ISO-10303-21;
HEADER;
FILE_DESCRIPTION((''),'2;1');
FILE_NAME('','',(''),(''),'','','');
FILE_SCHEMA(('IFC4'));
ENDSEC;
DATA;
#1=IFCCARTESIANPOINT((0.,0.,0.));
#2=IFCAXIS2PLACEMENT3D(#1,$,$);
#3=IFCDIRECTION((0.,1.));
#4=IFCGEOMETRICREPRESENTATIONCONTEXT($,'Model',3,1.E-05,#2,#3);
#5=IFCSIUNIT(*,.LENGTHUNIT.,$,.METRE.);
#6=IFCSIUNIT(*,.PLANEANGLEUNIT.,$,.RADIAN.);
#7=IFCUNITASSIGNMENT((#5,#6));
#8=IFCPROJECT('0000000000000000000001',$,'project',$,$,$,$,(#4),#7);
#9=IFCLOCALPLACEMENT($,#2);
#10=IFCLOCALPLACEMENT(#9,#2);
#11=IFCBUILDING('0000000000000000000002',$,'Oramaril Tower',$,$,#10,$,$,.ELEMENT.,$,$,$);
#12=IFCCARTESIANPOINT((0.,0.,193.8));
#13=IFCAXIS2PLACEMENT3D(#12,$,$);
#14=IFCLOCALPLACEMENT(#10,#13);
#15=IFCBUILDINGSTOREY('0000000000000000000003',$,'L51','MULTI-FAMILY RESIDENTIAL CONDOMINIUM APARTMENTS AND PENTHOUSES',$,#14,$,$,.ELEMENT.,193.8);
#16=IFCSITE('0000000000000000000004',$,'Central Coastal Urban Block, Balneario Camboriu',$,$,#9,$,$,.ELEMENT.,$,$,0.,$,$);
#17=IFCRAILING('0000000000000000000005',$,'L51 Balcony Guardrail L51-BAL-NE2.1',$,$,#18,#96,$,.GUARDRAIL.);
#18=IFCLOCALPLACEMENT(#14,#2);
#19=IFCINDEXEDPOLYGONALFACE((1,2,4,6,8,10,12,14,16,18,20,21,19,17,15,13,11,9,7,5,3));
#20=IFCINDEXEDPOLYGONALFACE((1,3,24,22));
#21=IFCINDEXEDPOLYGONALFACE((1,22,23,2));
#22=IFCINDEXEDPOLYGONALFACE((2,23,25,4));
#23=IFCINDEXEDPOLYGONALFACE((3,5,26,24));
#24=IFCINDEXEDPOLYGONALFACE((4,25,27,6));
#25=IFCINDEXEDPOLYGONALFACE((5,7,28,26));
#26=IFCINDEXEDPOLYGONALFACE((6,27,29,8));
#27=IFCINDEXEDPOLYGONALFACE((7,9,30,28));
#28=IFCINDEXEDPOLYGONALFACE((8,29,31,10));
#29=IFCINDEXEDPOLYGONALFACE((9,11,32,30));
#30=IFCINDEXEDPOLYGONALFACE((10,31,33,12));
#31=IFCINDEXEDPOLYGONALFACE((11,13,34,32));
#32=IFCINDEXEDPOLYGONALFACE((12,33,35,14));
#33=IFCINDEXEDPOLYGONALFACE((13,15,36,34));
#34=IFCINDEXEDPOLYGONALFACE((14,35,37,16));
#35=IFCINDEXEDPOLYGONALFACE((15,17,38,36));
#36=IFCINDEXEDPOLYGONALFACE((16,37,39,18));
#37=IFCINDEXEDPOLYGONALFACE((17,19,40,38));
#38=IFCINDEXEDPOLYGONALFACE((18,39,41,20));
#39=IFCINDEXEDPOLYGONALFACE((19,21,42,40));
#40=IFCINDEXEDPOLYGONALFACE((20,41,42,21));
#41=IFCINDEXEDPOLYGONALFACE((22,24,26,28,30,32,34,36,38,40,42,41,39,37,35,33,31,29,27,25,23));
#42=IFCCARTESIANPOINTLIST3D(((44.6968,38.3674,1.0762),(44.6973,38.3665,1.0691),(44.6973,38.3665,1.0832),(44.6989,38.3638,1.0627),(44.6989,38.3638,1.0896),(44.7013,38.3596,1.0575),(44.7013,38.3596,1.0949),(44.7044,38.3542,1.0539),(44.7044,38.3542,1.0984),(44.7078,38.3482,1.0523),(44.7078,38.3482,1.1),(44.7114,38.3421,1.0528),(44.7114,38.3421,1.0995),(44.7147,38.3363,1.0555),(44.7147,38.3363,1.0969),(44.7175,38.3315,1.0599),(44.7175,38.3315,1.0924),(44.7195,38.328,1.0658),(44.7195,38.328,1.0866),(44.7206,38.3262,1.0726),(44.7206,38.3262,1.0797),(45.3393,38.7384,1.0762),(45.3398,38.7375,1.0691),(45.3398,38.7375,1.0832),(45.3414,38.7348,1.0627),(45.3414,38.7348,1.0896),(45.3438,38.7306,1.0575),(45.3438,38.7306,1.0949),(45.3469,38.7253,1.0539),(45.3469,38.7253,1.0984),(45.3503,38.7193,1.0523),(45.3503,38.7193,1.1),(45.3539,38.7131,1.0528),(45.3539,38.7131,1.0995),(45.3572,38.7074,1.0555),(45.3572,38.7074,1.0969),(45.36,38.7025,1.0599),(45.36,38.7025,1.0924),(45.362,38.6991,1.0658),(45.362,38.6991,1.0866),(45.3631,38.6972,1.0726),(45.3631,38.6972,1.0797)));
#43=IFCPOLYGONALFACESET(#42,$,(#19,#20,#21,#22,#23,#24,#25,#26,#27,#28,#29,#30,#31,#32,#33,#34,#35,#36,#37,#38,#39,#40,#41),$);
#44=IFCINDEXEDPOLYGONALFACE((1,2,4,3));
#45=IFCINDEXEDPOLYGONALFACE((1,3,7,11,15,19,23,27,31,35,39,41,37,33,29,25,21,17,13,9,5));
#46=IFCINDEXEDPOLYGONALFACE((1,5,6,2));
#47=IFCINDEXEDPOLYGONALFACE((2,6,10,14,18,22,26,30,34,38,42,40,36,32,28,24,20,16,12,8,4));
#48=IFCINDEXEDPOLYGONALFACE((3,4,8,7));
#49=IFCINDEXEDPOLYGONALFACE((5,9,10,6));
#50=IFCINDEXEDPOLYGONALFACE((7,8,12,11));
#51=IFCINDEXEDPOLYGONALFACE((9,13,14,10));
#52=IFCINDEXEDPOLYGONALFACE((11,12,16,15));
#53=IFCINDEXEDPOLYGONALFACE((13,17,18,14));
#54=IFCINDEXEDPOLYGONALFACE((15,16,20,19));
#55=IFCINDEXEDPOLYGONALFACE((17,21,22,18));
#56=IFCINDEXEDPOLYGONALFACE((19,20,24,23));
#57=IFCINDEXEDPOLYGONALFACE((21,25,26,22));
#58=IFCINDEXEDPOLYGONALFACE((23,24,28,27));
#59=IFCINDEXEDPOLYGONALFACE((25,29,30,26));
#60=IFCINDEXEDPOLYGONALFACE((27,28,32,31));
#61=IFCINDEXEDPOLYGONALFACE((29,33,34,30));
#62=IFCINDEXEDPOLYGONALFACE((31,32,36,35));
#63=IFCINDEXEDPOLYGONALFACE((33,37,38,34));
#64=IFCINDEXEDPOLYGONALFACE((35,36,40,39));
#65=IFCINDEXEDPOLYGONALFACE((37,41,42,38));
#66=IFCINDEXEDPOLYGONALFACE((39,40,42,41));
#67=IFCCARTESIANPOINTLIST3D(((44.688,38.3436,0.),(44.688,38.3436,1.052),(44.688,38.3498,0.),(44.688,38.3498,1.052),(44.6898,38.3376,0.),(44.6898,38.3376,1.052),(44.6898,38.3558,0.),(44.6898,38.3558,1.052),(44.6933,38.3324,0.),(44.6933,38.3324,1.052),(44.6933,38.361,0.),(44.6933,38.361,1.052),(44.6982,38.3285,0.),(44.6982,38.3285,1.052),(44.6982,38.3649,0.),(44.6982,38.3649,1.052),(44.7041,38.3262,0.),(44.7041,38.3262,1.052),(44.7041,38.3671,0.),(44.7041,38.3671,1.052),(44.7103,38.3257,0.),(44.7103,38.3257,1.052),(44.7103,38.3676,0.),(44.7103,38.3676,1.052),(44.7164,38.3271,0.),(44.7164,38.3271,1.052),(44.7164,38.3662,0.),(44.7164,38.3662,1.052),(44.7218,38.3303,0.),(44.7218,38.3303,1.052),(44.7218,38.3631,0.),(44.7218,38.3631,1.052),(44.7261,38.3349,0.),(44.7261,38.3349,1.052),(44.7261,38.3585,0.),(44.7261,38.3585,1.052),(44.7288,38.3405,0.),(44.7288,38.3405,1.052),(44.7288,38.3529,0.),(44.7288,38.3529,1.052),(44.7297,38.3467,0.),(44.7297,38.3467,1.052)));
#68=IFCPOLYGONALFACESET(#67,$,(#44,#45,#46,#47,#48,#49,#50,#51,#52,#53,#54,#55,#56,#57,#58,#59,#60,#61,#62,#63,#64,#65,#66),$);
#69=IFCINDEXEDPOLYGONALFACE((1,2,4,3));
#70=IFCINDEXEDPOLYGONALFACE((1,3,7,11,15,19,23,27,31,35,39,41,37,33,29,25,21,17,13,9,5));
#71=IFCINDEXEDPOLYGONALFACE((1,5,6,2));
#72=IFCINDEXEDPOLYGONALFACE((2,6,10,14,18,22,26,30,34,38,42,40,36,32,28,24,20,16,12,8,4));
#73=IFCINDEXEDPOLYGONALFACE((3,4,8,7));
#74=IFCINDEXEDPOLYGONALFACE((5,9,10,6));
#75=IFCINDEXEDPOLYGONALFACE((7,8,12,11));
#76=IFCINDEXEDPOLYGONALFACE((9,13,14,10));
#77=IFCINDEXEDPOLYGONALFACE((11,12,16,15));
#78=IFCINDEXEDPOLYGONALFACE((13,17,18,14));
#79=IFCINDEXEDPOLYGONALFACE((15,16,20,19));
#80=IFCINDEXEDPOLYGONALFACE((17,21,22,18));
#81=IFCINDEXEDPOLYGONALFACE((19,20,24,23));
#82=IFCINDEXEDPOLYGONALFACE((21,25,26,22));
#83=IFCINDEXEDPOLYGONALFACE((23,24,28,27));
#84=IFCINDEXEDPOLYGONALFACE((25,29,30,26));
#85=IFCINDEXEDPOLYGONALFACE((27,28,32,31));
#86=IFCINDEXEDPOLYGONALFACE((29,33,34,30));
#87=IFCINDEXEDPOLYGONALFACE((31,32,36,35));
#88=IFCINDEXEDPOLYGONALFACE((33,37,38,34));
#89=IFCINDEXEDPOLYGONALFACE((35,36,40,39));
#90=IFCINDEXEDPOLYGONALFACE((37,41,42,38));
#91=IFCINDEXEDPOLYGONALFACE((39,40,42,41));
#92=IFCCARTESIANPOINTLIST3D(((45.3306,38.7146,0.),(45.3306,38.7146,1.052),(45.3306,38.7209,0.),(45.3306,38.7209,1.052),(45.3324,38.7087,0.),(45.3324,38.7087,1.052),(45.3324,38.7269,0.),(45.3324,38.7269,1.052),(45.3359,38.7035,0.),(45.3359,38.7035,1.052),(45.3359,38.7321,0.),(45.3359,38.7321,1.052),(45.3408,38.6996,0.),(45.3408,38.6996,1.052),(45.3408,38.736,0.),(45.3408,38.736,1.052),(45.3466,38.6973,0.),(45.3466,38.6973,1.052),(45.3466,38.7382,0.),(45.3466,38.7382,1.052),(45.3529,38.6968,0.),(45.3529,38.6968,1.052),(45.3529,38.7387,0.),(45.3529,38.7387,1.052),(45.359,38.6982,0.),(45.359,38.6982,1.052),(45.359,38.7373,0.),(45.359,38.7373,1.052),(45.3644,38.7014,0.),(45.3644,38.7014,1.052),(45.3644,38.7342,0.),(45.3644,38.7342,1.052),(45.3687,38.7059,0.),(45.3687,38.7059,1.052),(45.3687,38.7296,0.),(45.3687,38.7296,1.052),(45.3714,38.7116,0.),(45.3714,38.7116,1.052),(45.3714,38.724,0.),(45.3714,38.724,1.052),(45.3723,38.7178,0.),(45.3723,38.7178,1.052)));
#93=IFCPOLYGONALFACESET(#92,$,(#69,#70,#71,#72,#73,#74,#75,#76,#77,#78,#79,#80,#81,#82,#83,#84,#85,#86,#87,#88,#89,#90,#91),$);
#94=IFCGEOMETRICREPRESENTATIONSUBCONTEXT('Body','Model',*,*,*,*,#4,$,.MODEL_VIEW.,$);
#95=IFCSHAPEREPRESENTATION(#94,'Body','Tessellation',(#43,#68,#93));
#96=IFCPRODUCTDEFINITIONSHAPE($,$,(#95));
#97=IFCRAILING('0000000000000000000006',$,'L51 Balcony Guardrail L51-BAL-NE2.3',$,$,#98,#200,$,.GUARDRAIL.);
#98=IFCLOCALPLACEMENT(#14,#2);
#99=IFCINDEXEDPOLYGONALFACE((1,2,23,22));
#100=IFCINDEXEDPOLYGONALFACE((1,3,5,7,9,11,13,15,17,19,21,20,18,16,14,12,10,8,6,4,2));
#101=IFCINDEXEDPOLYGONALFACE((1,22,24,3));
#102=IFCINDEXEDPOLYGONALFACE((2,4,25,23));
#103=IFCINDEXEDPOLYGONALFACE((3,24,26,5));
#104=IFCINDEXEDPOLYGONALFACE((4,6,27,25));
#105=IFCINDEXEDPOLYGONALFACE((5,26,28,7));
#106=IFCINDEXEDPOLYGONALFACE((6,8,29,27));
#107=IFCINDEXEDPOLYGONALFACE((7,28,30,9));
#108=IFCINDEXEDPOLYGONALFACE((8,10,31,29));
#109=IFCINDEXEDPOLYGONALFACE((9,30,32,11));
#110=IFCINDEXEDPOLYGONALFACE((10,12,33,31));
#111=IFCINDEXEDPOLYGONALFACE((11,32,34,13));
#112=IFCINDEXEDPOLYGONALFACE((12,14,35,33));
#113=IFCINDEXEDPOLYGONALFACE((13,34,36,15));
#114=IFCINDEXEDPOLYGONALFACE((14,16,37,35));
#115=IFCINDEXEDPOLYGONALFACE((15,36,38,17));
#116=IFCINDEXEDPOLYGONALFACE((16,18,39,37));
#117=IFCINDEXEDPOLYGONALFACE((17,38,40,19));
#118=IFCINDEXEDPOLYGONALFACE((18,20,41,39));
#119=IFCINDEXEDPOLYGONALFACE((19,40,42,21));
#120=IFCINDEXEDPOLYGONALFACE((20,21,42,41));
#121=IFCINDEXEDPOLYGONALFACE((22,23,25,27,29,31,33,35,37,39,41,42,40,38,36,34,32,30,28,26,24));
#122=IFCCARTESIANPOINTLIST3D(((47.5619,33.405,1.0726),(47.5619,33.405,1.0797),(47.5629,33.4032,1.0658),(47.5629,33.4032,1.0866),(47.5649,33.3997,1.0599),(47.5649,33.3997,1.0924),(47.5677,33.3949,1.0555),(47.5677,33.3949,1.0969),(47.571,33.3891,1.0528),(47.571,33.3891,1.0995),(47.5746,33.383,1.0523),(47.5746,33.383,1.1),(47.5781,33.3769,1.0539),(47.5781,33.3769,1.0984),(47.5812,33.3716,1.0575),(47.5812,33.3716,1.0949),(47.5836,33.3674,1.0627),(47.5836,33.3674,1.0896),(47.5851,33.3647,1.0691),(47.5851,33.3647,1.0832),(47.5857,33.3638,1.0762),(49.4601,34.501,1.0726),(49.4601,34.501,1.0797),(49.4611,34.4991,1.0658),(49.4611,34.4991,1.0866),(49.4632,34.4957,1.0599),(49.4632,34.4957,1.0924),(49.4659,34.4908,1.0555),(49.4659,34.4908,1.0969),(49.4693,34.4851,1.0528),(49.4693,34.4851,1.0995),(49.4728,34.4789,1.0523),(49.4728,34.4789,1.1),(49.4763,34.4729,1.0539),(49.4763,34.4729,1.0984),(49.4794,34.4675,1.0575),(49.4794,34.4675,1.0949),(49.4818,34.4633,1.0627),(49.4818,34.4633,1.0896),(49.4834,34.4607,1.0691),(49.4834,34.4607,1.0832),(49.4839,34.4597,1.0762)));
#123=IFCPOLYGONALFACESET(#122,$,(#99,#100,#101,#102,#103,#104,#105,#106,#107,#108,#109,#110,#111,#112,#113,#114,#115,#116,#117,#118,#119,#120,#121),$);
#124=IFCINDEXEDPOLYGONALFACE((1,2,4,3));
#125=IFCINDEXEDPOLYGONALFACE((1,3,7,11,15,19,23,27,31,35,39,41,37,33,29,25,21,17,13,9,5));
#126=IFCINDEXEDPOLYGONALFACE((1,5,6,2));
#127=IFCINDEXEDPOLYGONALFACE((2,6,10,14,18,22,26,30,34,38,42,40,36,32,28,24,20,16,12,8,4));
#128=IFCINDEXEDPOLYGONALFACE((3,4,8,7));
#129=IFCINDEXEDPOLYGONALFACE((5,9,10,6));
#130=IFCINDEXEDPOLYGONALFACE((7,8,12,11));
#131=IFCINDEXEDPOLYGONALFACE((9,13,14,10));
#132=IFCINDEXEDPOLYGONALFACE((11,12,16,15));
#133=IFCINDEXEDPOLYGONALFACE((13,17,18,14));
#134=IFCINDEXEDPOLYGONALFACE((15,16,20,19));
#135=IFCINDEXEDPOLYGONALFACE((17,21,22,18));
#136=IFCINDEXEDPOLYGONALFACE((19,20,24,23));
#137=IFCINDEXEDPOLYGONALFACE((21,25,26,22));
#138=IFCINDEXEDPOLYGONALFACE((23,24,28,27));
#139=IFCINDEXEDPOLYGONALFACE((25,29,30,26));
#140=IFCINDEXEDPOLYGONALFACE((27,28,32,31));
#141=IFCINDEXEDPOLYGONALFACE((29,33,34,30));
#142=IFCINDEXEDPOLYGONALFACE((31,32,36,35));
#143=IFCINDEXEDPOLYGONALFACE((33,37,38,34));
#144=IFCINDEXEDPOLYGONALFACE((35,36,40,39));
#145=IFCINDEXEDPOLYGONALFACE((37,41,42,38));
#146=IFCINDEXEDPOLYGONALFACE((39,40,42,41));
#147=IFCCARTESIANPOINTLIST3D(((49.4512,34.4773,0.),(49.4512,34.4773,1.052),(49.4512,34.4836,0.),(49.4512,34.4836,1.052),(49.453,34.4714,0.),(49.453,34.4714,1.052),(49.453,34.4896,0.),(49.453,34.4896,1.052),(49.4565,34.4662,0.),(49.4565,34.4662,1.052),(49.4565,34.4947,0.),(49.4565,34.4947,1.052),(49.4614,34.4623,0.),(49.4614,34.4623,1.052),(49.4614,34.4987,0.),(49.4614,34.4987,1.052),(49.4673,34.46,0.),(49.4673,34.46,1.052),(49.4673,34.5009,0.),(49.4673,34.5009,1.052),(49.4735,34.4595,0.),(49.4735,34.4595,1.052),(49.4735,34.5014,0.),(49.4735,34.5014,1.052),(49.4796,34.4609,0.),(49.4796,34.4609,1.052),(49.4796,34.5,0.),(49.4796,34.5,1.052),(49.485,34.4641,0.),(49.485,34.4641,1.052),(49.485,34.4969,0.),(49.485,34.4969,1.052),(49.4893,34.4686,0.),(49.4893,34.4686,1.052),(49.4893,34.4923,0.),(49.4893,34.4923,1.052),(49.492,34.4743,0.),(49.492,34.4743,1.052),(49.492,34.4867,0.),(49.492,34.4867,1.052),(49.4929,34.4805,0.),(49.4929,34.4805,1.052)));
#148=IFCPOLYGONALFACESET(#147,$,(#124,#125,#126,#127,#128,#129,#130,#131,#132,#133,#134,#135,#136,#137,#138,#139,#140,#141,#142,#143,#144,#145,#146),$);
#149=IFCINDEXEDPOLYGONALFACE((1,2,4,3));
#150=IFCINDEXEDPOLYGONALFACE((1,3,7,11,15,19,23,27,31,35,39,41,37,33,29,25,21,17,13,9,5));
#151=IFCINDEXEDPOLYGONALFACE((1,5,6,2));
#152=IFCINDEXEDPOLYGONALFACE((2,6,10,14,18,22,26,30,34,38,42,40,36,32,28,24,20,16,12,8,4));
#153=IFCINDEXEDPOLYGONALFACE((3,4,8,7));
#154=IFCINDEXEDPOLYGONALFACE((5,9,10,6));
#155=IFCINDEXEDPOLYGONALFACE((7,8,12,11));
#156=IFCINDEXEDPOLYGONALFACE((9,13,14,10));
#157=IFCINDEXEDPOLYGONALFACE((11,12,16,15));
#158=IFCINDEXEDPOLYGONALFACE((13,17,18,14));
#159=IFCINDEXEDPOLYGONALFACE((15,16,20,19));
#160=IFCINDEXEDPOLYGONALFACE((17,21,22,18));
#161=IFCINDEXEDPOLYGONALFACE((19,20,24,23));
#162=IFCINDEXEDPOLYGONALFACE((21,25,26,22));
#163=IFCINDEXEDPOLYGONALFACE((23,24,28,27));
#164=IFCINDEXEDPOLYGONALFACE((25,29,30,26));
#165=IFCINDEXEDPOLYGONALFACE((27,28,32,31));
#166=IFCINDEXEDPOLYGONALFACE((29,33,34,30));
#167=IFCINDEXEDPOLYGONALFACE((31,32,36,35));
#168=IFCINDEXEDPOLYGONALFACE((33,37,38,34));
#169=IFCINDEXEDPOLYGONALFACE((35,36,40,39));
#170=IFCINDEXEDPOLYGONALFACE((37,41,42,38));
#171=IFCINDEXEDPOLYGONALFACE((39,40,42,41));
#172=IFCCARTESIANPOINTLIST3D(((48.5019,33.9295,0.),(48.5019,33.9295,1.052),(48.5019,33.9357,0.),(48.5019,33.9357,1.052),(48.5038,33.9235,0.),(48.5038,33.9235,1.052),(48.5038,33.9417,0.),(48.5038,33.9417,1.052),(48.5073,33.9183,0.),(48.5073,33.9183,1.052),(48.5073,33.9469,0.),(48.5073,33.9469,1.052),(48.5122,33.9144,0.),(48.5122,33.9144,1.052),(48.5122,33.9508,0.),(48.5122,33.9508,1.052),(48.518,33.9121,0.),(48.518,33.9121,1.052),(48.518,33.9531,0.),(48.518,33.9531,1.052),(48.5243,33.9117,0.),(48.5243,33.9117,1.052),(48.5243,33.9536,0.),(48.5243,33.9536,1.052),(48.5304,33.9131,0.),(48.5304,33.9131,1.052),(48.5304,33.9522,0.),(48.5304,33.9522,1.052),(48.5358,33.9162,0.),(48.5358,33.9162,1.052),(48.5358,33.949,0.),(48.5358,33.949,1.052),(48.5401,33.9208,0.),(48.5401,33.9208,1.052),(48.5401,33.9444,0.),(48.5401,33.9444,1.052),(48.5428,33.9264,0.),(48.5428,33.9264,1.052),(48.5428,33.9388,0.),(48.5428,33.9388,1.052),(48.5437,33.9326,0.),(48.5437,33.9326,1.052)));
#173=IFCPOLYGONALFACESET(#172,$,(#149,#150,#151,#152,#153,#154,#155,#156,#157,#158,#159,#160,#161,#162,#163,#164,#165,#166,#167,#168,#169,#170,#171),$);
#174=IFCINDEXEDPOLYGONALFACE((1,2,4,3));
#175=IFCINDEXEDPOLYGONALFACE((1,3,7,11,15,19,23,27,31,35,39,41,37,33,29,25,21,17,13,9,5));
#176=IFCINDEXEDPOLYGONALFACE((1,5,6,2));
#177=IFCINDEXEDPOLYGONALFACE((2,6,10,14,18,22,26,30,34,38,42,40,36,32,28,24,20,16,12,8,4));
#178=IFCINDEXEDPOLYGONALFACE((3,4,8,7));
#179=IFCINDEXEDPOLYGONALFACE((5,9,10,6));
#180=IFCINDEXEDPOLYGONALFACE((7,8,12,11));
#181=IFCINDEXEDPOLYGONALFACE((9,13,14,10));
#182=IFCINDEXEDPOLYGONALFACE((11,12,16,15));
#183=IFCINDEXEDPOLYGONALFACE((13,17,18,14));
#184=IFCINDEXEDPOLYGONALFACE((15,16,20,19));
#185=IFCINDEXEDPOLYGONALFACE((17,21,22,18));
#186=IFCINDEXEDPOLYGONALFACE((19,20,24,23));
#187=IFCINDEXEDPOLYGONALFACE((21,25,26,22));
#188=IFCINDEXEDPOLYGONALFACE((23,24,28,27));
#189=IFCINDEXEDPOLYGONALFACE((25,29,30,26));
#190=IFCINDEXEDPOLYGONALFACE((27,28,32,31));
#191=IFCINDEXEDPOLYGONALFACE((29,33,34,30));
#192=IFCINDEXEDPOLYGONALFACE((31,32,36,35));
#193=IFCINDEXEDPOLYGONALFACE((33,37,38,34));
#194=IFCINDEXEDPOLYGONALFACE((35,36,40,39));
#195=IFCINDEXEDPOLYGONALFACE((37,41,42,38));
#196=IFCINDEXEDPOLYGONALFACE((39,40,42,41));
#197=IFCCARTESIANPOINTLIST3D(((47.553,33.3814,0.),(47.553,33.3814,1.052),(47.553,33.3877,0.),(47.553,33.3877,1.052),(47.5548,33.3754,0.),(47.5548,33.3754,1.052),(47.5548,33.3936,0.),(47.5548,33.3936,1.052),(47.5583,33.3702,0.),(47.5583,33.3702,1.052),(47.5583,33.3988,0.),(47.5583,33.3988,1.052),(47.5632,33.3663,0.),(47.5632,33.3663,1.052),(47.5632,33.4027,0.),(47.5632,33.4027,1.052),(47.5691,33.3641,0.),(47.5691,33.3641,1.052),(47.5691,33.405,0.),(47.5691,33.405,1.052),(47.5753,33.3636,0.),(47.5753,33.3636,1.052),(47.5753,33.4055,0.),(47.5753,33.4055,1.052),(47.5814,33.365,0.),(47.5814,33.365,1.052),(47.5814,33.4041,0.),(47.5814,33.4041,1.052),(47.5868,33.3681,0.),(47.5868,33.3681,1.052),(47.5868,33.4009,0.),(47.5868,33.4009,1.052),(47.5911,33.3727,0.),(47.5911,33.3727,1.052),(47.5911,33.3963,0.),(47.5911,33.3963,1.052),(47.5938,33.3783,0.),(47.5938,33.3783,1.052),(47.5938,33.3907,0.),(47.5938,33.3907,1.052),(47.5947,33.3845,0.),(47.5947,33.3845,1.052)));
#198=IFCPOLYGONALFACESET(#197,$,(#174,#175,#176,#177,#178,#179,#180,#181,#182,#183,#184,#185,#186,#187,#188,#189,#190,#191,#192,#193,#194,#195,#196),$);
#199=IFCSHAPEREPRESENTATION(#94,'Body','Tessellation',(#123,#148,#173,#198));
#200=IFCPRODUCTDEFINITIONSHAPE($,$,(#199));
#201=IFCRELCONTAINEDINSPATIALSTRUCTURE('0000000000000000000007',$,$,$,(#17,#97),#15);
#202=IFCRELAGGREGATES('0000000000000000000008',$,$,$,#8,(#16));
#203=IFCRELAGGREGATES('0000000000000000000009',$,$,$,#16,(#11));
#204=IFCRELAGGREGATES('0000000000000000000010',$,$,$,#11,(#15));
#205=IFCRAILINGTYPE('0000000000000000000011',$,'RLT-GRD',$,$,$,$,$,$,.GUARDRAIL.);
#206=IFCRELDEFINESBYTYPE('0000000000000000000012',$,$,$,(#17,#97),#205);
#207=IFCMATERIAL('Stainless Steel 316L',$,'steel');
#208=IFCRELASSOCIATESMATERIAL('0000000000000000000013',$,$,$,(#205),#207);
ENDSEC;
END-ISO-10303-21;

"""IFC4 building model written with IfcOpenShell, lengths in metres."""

from ifc_helpers import new_model, si_unit, direction, frame, origin, origin_2d, place, context, subcontext, project, spatial, circle, extrude, material, type_object, element, save


model = new_model("IFC4")

# Units and contexts
model_context = context("Model", 3, precision=1e-05, world=origin(), true_north=direction((0.0, 1.0)))
body_context = subcontext(model_context, "Body", "Model", "MODEL_VIEW")
ifc_project = project(units=[si_unit("LENGTHUNIT", "METRE"), si_unit("PLANEANGLEUNIT", "RADIAN")], contexts=[model_context])

# Site, building, storey
site_placement = place(None, origin())
site = spatial("IfcSite", under=ifc_project, at=site_placement, Name="Central Coastal Urban Block, Balneario Camboriu", CompositionType="ELEMENT", RefElevation=0.0)
building_placement = place(site_placement, origin())
building = spatial("IfcBuilding", under=site, at=building_placement, Name="Oramaril Tower", CompositionType="ELEMENT")
storey_placement = place(building_placement, frame((0.0, 0.0, 193.8)))
storey = spatial("IfcBuildingStorey", under=building, at=storey_placement, Name="L51", Description="MULTI-FAMILY RESIDENTIAL CONDOMINIUM APARTMENTS AND PENTHOUSES", CompositionType="ELEMENT", Elevation=193.8)

# Railings
ifc_material_1 = material(Name="Stainless Steel 316L", Category="steel")
railing_type = type_object("IfcRailingType", Name="RLT-GRD", PredefinedType="GUARDRAIL", material=ifc_material_1)
railing_1_placement = place(storey_placement, frame((44.7087, 38.3467, 0.0)))
element("IfcRailing", 1, at=railing_1_placement, inside=storey, type_object=railing_type, Name="L51 Balcony Guardrail L51-BAL-NE2.1", PredefinedType="GUARDRAIL", context=body_context, shape_type="SweptSolid", body=[
    extrude(circle(Radius=0.0239, at=origin_2d()), frame((0.0, 0.0, 1.0762), z_axis=(0.865966, 0.500102, 0.0), x_axis=(-0.500102, 0.865966, 0.0)), (0.0, 0.0, 1.0), 0.7419),
    extrude(circle(Radius=0.021, at=origin_2d()), origin(), (0.0, 0.0, 1.0), 1.052),
    extrude(circle(Radius=0.021, at=origin_2d()), frame((0.6426, 0.3711, 0.0)), (0.0, 0.0, 1.0), 1.052),
])
railing_2_placement = place(storey_placement, frame((49.4719, 34.4805, 0.0)))
element("IfcRailing", 2, at=railing_2_placement, inside=storey, type_object=railing_type, Name="L51 Balcony Guardrail L51-BAL-NE2.3", PredefinedType="GUARDRAIL", context=body_context, shape_type="SweptSolid", body=[
    extrude(circle(Radius=0.0239, at=origin_2d()), frame((0.0, 0.0, 1.0762), z_axis=(-0.866021, -0.500008, 0.0), x_axis=(0.500008, -0.866021, 0.0)), (0.0, 0.0, 1.0), 2.1919),
    extrude(circle(Radius=0.021, at=origin_2d()), origin(), (0.0, 0.0, 1.0), 1.052),
    extrude(circle(Radius=0.021, at=origin_2d()), frame((-0.9492, -0.5479, 0.0)), (0.0, 0.0, 1.0), 1.052),
    extrude(circle(Radius=0.021, at=origin_2d()), frame((-1.8982, -1.0959, 0.0)), (0.0, 0.0, 1.0), 1.052),
])

save(model, "model.ifc")
